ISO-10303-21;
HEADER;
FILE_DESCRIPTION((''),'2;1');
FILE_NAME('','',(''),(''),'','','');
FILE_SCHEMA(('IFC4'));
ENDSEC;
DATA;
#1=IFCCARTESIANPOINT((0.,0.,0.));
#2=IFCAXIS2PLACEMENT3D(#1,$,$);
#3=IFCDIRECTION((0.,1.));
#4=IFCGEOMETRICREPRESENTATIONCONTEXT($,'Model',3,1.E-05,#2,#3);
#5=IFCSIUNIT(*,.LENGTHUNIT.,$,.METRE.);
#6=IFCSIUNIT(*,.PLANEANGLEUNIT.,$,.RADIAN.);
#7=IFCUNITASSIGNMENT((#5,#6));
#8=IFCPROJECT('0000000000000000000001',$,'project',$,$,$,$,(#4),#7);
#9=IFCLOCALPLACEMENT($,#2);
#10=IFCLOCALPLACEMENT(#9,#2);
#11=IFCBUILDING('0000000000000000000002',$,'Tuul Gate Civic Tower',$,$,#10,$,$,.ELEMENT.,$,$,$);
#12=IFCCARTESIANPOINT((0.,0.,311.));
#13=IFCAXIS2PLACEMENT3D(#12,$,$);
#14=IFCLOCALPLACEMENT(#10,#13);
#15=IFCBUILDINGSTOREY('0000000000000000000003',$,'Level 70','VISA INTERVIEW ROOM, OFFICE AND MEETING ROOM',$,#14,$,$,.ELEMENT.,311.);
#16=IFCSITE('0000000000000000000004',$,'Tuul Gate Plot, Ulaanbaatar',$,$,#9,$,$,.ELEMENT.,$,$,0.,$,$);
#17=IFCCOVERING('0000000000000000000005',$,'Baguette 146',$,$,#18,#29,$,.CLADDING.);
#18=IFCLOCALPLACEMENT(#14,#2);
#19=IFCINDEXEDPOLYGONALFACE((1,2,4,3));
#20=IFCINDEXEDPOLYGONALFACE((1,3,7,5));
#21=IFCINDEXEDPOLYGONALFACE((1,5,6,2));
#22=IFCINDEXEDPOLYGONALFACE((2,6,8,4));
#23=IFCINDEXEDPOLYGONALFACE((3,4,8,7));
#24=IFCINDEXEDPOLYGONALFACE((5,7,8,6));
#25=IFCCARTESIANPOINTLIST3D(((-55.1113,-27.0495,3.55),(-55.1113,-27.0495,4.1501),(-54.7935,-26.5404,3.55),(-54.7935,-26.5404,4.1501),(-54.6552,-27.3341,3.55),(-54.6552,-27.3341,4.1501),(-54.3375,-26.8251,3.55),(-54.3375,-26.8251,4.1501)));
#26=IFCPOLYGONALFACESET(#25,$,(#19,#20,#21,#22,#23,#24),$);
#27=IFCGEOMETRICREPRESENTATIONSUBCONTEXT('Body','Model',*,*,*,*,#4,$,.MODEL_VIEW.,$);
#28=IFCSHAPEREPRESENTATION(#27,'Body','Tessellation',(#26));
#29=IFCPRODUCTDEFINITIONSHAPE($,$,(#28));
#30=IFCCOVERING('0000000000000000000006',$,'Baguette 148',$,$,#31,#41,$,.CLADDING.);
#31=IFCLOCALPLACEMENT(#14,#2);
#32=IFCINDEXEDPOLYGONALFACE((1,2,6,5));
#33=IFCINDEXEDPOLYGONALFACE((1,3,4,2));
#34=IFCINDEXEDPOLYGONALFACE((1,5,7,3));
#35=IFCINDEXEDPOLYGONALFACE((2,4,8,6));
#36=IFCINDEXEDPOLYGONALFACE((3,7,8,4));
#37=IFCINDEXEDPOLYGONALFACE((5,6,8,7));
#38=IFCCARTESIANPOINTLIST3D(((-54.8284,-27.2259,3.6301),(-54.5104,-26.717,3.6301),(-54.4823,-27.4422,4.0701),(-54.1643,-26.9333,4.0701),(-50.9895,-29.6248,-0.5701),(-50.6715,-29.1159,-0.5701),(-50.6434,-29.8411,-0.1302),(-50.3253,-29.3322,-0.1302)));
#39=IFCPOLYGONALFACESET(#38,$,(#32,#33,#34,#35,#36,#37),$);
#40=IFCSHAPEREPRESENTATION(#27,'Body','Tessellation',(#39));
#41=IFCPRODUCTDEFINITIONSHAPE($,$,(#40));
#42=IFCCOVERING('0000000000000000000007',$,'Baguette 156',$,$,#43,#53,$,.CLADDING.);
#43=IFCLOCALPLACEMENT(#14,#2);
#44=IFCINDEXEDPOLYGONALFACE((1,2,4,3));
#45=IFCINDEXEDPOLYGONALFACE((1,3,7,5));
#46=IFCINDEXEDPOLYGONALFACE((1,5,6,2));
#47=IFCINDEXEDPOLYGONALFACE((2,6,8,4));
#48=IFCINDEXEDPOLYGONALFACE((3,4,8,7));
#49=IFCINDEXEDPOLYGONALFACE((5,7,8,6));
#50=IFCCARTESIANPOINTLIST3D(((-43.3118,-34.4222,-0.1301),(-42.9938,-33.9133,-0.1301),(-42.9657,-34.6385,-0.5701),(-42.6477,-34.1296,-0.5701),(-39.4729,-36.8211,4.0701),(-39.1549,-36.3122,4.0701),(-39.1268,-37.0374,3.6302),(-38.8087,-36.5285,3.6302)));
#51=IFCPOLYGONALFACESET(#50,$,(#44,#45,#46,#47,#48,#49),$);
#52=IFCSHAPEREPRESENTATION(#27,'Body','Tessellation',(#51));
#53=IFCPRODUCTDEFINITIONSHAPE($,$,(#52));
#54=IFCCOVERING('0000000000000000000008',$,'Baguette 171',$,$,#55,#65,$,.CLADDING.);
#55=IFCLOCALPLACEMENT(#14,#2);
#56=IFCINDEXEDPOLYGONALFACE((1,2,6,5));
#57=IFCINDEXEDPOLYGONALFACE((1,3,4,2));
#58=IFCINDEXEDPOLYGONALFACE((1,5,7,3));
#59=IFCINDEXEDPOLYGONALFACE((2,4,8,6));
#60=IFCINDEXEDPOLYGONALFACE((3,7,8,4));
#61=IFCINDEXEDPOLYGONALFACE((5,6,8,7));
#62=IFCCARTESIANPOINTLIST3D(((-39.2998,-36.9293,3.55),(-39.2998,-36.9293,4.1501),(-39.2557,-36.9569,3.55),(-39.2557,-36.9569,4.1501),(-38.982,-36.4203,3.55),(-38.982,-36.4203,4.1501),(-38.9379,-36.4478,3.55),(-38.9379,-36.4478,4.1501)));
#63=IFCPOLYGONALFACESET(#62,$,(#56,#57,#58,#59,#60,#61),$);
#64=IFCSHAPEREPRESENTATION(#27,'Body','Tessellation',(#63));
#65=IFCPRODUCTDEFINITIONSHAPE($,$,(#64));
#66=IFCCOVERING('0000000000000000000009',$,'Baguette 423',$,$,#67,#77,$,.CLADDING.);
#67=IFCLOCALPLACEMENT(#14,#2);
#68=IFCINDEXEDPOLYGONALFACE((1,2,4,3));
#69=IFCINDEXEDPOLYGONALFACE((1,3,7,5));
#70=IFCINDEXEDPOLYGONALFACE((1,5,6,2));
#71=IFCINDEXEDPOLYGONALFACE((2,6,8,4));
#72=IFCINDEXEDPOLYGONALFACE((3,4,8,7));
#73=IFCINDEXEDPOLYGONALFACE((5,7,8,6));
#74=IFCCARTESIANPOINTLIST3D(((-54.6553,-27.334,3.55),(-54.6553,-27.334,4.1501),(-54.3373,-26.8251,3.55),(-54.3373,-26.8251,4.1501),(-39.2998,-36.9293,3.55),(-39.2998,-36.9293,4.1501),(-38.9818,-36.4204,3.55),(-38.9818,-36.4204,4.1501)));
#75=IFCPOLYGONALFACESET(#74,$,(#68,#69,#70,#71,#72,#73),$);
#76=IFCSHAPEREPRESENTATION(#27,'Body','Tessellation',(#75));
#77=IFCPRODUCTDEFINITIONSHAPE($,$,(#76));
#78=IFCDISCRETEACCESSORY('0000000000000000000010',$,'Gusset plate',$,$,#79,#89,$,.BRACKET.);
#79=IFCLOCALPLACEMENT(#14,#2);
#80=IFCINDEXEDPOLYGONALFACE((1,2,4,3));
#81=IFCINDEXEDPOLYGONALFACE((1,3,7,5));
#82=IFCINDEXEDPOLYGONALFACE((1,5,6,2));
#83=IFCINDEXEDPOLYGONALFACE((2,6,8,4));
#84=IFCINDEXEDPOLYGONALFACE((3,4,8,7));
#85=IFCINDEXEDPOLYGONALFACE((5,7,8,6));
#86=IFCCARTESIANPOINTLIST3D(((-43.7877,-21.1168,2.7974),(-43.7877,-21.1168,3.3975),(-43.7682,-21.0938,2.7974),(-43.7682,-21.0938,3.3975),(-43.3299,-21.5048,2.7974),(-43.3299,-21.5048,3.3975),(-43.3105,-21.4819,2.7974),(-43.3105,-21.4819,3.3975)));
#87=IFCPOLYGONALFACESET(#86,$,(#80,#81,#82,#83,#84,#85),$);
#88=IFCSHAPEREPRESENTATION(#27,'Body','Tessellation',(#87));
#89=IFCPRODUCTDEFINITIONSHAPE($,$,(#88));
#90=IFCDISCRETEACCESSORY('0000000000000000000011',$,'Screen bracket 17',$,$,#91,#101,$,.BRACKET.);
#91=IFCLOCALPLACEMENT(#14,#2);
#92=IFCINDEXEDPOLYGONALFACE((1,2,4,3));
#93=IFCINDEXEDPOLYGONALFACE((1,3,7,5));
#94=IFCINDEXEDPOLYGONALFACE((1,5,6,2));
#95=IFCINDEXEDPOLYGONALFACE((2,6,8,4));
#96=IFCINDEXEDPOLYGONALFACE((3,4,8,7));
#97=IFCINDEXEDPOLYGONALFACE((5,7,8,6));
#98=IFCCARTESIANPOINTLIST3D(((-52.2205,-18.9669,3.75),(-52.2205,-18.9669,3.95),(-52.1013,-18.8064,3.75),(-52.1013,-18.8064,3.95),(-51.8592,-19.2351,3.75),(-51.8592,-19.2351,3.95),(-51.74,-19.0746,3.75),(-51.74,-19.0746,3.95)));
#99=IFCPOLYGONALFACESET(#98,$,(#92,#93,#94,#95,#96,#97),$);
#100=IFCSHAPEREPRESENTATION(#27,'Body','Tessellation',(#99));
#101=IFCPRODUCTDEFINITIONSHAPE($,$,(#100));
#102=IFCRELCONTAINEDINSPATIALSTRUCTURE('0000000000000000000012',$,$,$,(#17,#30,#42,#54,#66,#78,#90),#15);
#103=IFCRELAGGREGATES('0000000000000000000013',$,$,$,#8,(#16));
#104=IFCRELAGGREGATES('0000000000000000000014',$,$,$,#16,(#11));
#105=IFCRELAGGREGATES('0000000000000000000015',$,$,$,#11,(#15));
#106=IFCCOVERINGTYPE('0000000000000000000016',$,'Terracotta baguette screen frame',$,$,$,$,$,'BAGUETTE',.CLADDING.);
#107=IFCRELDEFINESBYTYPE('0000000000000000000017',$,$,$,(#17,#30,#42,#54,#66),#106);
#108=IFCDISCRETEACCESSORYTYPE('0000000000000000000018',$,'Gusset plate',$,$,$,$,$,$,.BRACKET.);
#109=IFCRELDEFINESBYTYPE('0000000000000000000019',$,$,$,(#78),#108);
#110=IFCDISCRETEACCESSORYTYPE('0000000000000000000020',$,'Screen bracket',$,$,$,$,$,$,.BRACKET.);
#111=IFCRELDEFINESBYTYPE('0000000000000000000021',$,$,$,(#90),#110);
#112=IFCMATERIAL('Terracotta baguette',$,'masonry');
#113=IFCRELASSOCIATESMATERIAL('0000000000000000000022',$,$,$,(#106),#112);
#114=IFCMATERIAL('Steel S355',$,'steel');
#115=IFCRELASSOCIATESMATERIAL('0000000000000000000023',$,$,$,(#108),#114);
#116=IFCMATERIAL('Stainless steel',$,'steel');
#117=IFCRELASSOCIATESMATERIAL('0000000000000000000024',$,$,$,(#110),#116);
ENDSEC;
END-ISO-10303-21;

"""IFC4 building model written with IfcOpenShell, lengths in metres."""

from ifc_helpers import new_model, si_unit, direction, frame, origin, origin_2d, place, context, subcontext, project, spatial, rectangle, extrude, material, material_profile, profile_set, type_object, element, save


model = new_model("IFC4")

# Units and contexts
model_context = context("Model", 3, precision=1e-05, world=origin(), true_north=direction((0.0, 1.0)))
body_context = subcontext(model_context, "Body", "Model", "MODEL_VIEW")
ifc_project = project(units=[si_unit("LENGTHUNIT", "METRE"), si_unit("PLANEANGLEUNIT", "RADIAN")], contexts=[model_context])

# Site, building, storey
site_placement = place(None, origin())
site = spatial("IfcSite", under=ifc_project, at=site_placement, Name="Tuul Gate Plot, Ulaanbaatar", CompositionType="ELEMENT", RefElevation=0.0)
building_placement = place(site_placement, origin())
building = spatial("IfcBuilding", under=site, at=building_placement, Name="Tuul Gate Civic Tower", CompositionType="ELEMENT")
storey_placement = place(building_placement, frame((0.0, 0.0, 311.0)))
storey = spatial("IfcBuildingStorey", under=building, at=storey_placement, Name="Level 70", Description="VISA INTERVIEW ROOM, OFFICE AND MEETING ROOM", CompositionType="ELEMENT", Elevation=311.0)

# Coverings
ifc_material_1 = material(Name="Terracotta baguette", Category="masonry")
ifc_material_profile_1 = material_profile(ifc_material_1, rectangle(XDim=0.6001, YDim=0.6001, at=origin_2d()), Name="Terracotta baguette screen frame")
ifc_profile_set_1 = profile_set([ifc_material_profile_1], Name="Terracotta baguette")
covering_type = type_object("IfcCoveringType", Name="Terracotta baguette screen frame", ElementType="BAGUETTE", PredefinedType="CLADDING", material=ifc_profile_set_1)
covering_1_placement = place(storey_placement, frame((-54.9524, -26.7949, 3.8501), z_axis=(0.848304, -0.529509, 0.0), x_axis=(0.529509, 0.848304, 0.0)))
element("IfcCovering", 1, at=covering_1_placement, inside=storey, type_object=covering_type, Name="Baguette 146", PredefinedType="CLADDING", context=body_context, shape_type="SweptSolid", body=[
    extrude(rectangle(XDim=0.6001, YDim=0.6001, at=origin_2d()), origin(), (0.0, 0.0, 1.0), 0.5376),
])
for number, where, z_axis, x_axis, name in (
    (2, (-54.4963, -27.0796, 3.8501), (0.621656, -0.388476, -0.680169), (0.529941, 0.848035, 0.0), "Baguette 148"),
    (3, (-42.9797, -34.2759, -0.3501), (0.621656, -0.388476, 0.680169), (0.529941, 0.848035, 0.0), "Baguette 156"),
):
    element("IfcCovering", number, at=place(storey_placement, frame(where, z_axis=z_axis, x_axis=x_axis)), inside=storey, type_object=covering_type, Name=name, PredefinedType="CLADDING", context=body_context, shape_type="SweptSolid", body=[
        extrude(rectangle(XDim=0.6001, YDim=0.6001, at=origin_2d()), origin(), (0.0, 0.0, 1.0), 6.1753),
    ])
covering_2_placement = place(storey_placement, frame((-39.1409, -36.6748, 3.8501), z_axis=(0.848261, -0.529578, 0.0), x_axis=(0.529578, 0.848261, 0.0)))
element("IfcCovering", 4, at=covering_2_placement, inside=storey, type_object=covering_type, Name="Baguette 171", PredefinedType="CLADDING", context=body_context, shape_type="SweptSolid", body=[
    extrude(rectangle(XDim=0.6001, YDim=0.6001, at=origin_2d()), origin(), (0.0, 0.0, 1.0), 0.052),
])
covering_3_placement = place(storey_placement, frame((-54.4963, -27.0796, 3.8501), z_axis=(0.848047, -0.529921, 0.0), x_axis=(0.529921, 0.848047, 0.0)))
element("IfcCovering", 5, at=covering_3_placement, inside=storey, type_object=covering_type, Name="Baguette 423", PredefinedType="CLADDING", context=body_context, shape_type="SweptSolid", body=[
    extrude(rectangle(XDim=0.6001, YDim=0.6001, at=origin_2d()), origin(), (0.0, 0.0, 1.0), 18.1069),
])

# Discrete accessories
ifc_material_2 = material(Name="Steel S355", Category="steel")
discrete_accessory_type_1 = type_object("IfcDiscreteAccessoryType", Name="Gusset plate", PredefinedType="BRACKET", material=ifc_material_2)
discrete_accessory_1_placement = place(storey_placement, frame((-43.5491, -21.2993, 2.7974), z_axis=(0.0, 0.0, 1.0), x_axis=(-0.762825, 0.646605, 0.0)))
element("IfcDiscreteAccessory", 6, at=discrete_accessory_1_placement, inside=storey, type_object=discrete_accessory_type_1, Name="Gusset plate", PredefinedType="BRACKET", context=body_context, shape_type="SweptSolid", body=[
    extrude(rectangle(XDim=0.6001, YDim=0.03, at=origin_2d()), origin(), (0.0, 0.0, 1.0), 0.6001),
])
ifc_material_3 = material(Name="Stainless steel", Category="steel")
discrete_accessory_type_2 = type_object("IfcDiscreteAccessoryType", Name="Screen bracket", PredefinedType="BRACKET", material=ifc_material_3)
discrete_accessory_2_placement = place(storey_placement, frame((-51.9802, -19.0208, 3.75), z_axis=(0.0, 0.0, 1.0), x_axis=(-0.802893, 0.596123, 0.0)))
element("IfcDiscreteAccessory", 7, at=discrete_accessory_2_placement, inside=storey, type_object=discrete_accessory_type_2, Name="Screen bracket 17", PredefinedType="BRACKET", context=body_context, shape_type="SweptSolid", body=[
    extrude(rectangle(XDim=0.45, YDim=0.2, at=origin_2d()), origin(), (0.0, 0.0, 1.0), 0.2),
])

save(model, "model.ifc")
